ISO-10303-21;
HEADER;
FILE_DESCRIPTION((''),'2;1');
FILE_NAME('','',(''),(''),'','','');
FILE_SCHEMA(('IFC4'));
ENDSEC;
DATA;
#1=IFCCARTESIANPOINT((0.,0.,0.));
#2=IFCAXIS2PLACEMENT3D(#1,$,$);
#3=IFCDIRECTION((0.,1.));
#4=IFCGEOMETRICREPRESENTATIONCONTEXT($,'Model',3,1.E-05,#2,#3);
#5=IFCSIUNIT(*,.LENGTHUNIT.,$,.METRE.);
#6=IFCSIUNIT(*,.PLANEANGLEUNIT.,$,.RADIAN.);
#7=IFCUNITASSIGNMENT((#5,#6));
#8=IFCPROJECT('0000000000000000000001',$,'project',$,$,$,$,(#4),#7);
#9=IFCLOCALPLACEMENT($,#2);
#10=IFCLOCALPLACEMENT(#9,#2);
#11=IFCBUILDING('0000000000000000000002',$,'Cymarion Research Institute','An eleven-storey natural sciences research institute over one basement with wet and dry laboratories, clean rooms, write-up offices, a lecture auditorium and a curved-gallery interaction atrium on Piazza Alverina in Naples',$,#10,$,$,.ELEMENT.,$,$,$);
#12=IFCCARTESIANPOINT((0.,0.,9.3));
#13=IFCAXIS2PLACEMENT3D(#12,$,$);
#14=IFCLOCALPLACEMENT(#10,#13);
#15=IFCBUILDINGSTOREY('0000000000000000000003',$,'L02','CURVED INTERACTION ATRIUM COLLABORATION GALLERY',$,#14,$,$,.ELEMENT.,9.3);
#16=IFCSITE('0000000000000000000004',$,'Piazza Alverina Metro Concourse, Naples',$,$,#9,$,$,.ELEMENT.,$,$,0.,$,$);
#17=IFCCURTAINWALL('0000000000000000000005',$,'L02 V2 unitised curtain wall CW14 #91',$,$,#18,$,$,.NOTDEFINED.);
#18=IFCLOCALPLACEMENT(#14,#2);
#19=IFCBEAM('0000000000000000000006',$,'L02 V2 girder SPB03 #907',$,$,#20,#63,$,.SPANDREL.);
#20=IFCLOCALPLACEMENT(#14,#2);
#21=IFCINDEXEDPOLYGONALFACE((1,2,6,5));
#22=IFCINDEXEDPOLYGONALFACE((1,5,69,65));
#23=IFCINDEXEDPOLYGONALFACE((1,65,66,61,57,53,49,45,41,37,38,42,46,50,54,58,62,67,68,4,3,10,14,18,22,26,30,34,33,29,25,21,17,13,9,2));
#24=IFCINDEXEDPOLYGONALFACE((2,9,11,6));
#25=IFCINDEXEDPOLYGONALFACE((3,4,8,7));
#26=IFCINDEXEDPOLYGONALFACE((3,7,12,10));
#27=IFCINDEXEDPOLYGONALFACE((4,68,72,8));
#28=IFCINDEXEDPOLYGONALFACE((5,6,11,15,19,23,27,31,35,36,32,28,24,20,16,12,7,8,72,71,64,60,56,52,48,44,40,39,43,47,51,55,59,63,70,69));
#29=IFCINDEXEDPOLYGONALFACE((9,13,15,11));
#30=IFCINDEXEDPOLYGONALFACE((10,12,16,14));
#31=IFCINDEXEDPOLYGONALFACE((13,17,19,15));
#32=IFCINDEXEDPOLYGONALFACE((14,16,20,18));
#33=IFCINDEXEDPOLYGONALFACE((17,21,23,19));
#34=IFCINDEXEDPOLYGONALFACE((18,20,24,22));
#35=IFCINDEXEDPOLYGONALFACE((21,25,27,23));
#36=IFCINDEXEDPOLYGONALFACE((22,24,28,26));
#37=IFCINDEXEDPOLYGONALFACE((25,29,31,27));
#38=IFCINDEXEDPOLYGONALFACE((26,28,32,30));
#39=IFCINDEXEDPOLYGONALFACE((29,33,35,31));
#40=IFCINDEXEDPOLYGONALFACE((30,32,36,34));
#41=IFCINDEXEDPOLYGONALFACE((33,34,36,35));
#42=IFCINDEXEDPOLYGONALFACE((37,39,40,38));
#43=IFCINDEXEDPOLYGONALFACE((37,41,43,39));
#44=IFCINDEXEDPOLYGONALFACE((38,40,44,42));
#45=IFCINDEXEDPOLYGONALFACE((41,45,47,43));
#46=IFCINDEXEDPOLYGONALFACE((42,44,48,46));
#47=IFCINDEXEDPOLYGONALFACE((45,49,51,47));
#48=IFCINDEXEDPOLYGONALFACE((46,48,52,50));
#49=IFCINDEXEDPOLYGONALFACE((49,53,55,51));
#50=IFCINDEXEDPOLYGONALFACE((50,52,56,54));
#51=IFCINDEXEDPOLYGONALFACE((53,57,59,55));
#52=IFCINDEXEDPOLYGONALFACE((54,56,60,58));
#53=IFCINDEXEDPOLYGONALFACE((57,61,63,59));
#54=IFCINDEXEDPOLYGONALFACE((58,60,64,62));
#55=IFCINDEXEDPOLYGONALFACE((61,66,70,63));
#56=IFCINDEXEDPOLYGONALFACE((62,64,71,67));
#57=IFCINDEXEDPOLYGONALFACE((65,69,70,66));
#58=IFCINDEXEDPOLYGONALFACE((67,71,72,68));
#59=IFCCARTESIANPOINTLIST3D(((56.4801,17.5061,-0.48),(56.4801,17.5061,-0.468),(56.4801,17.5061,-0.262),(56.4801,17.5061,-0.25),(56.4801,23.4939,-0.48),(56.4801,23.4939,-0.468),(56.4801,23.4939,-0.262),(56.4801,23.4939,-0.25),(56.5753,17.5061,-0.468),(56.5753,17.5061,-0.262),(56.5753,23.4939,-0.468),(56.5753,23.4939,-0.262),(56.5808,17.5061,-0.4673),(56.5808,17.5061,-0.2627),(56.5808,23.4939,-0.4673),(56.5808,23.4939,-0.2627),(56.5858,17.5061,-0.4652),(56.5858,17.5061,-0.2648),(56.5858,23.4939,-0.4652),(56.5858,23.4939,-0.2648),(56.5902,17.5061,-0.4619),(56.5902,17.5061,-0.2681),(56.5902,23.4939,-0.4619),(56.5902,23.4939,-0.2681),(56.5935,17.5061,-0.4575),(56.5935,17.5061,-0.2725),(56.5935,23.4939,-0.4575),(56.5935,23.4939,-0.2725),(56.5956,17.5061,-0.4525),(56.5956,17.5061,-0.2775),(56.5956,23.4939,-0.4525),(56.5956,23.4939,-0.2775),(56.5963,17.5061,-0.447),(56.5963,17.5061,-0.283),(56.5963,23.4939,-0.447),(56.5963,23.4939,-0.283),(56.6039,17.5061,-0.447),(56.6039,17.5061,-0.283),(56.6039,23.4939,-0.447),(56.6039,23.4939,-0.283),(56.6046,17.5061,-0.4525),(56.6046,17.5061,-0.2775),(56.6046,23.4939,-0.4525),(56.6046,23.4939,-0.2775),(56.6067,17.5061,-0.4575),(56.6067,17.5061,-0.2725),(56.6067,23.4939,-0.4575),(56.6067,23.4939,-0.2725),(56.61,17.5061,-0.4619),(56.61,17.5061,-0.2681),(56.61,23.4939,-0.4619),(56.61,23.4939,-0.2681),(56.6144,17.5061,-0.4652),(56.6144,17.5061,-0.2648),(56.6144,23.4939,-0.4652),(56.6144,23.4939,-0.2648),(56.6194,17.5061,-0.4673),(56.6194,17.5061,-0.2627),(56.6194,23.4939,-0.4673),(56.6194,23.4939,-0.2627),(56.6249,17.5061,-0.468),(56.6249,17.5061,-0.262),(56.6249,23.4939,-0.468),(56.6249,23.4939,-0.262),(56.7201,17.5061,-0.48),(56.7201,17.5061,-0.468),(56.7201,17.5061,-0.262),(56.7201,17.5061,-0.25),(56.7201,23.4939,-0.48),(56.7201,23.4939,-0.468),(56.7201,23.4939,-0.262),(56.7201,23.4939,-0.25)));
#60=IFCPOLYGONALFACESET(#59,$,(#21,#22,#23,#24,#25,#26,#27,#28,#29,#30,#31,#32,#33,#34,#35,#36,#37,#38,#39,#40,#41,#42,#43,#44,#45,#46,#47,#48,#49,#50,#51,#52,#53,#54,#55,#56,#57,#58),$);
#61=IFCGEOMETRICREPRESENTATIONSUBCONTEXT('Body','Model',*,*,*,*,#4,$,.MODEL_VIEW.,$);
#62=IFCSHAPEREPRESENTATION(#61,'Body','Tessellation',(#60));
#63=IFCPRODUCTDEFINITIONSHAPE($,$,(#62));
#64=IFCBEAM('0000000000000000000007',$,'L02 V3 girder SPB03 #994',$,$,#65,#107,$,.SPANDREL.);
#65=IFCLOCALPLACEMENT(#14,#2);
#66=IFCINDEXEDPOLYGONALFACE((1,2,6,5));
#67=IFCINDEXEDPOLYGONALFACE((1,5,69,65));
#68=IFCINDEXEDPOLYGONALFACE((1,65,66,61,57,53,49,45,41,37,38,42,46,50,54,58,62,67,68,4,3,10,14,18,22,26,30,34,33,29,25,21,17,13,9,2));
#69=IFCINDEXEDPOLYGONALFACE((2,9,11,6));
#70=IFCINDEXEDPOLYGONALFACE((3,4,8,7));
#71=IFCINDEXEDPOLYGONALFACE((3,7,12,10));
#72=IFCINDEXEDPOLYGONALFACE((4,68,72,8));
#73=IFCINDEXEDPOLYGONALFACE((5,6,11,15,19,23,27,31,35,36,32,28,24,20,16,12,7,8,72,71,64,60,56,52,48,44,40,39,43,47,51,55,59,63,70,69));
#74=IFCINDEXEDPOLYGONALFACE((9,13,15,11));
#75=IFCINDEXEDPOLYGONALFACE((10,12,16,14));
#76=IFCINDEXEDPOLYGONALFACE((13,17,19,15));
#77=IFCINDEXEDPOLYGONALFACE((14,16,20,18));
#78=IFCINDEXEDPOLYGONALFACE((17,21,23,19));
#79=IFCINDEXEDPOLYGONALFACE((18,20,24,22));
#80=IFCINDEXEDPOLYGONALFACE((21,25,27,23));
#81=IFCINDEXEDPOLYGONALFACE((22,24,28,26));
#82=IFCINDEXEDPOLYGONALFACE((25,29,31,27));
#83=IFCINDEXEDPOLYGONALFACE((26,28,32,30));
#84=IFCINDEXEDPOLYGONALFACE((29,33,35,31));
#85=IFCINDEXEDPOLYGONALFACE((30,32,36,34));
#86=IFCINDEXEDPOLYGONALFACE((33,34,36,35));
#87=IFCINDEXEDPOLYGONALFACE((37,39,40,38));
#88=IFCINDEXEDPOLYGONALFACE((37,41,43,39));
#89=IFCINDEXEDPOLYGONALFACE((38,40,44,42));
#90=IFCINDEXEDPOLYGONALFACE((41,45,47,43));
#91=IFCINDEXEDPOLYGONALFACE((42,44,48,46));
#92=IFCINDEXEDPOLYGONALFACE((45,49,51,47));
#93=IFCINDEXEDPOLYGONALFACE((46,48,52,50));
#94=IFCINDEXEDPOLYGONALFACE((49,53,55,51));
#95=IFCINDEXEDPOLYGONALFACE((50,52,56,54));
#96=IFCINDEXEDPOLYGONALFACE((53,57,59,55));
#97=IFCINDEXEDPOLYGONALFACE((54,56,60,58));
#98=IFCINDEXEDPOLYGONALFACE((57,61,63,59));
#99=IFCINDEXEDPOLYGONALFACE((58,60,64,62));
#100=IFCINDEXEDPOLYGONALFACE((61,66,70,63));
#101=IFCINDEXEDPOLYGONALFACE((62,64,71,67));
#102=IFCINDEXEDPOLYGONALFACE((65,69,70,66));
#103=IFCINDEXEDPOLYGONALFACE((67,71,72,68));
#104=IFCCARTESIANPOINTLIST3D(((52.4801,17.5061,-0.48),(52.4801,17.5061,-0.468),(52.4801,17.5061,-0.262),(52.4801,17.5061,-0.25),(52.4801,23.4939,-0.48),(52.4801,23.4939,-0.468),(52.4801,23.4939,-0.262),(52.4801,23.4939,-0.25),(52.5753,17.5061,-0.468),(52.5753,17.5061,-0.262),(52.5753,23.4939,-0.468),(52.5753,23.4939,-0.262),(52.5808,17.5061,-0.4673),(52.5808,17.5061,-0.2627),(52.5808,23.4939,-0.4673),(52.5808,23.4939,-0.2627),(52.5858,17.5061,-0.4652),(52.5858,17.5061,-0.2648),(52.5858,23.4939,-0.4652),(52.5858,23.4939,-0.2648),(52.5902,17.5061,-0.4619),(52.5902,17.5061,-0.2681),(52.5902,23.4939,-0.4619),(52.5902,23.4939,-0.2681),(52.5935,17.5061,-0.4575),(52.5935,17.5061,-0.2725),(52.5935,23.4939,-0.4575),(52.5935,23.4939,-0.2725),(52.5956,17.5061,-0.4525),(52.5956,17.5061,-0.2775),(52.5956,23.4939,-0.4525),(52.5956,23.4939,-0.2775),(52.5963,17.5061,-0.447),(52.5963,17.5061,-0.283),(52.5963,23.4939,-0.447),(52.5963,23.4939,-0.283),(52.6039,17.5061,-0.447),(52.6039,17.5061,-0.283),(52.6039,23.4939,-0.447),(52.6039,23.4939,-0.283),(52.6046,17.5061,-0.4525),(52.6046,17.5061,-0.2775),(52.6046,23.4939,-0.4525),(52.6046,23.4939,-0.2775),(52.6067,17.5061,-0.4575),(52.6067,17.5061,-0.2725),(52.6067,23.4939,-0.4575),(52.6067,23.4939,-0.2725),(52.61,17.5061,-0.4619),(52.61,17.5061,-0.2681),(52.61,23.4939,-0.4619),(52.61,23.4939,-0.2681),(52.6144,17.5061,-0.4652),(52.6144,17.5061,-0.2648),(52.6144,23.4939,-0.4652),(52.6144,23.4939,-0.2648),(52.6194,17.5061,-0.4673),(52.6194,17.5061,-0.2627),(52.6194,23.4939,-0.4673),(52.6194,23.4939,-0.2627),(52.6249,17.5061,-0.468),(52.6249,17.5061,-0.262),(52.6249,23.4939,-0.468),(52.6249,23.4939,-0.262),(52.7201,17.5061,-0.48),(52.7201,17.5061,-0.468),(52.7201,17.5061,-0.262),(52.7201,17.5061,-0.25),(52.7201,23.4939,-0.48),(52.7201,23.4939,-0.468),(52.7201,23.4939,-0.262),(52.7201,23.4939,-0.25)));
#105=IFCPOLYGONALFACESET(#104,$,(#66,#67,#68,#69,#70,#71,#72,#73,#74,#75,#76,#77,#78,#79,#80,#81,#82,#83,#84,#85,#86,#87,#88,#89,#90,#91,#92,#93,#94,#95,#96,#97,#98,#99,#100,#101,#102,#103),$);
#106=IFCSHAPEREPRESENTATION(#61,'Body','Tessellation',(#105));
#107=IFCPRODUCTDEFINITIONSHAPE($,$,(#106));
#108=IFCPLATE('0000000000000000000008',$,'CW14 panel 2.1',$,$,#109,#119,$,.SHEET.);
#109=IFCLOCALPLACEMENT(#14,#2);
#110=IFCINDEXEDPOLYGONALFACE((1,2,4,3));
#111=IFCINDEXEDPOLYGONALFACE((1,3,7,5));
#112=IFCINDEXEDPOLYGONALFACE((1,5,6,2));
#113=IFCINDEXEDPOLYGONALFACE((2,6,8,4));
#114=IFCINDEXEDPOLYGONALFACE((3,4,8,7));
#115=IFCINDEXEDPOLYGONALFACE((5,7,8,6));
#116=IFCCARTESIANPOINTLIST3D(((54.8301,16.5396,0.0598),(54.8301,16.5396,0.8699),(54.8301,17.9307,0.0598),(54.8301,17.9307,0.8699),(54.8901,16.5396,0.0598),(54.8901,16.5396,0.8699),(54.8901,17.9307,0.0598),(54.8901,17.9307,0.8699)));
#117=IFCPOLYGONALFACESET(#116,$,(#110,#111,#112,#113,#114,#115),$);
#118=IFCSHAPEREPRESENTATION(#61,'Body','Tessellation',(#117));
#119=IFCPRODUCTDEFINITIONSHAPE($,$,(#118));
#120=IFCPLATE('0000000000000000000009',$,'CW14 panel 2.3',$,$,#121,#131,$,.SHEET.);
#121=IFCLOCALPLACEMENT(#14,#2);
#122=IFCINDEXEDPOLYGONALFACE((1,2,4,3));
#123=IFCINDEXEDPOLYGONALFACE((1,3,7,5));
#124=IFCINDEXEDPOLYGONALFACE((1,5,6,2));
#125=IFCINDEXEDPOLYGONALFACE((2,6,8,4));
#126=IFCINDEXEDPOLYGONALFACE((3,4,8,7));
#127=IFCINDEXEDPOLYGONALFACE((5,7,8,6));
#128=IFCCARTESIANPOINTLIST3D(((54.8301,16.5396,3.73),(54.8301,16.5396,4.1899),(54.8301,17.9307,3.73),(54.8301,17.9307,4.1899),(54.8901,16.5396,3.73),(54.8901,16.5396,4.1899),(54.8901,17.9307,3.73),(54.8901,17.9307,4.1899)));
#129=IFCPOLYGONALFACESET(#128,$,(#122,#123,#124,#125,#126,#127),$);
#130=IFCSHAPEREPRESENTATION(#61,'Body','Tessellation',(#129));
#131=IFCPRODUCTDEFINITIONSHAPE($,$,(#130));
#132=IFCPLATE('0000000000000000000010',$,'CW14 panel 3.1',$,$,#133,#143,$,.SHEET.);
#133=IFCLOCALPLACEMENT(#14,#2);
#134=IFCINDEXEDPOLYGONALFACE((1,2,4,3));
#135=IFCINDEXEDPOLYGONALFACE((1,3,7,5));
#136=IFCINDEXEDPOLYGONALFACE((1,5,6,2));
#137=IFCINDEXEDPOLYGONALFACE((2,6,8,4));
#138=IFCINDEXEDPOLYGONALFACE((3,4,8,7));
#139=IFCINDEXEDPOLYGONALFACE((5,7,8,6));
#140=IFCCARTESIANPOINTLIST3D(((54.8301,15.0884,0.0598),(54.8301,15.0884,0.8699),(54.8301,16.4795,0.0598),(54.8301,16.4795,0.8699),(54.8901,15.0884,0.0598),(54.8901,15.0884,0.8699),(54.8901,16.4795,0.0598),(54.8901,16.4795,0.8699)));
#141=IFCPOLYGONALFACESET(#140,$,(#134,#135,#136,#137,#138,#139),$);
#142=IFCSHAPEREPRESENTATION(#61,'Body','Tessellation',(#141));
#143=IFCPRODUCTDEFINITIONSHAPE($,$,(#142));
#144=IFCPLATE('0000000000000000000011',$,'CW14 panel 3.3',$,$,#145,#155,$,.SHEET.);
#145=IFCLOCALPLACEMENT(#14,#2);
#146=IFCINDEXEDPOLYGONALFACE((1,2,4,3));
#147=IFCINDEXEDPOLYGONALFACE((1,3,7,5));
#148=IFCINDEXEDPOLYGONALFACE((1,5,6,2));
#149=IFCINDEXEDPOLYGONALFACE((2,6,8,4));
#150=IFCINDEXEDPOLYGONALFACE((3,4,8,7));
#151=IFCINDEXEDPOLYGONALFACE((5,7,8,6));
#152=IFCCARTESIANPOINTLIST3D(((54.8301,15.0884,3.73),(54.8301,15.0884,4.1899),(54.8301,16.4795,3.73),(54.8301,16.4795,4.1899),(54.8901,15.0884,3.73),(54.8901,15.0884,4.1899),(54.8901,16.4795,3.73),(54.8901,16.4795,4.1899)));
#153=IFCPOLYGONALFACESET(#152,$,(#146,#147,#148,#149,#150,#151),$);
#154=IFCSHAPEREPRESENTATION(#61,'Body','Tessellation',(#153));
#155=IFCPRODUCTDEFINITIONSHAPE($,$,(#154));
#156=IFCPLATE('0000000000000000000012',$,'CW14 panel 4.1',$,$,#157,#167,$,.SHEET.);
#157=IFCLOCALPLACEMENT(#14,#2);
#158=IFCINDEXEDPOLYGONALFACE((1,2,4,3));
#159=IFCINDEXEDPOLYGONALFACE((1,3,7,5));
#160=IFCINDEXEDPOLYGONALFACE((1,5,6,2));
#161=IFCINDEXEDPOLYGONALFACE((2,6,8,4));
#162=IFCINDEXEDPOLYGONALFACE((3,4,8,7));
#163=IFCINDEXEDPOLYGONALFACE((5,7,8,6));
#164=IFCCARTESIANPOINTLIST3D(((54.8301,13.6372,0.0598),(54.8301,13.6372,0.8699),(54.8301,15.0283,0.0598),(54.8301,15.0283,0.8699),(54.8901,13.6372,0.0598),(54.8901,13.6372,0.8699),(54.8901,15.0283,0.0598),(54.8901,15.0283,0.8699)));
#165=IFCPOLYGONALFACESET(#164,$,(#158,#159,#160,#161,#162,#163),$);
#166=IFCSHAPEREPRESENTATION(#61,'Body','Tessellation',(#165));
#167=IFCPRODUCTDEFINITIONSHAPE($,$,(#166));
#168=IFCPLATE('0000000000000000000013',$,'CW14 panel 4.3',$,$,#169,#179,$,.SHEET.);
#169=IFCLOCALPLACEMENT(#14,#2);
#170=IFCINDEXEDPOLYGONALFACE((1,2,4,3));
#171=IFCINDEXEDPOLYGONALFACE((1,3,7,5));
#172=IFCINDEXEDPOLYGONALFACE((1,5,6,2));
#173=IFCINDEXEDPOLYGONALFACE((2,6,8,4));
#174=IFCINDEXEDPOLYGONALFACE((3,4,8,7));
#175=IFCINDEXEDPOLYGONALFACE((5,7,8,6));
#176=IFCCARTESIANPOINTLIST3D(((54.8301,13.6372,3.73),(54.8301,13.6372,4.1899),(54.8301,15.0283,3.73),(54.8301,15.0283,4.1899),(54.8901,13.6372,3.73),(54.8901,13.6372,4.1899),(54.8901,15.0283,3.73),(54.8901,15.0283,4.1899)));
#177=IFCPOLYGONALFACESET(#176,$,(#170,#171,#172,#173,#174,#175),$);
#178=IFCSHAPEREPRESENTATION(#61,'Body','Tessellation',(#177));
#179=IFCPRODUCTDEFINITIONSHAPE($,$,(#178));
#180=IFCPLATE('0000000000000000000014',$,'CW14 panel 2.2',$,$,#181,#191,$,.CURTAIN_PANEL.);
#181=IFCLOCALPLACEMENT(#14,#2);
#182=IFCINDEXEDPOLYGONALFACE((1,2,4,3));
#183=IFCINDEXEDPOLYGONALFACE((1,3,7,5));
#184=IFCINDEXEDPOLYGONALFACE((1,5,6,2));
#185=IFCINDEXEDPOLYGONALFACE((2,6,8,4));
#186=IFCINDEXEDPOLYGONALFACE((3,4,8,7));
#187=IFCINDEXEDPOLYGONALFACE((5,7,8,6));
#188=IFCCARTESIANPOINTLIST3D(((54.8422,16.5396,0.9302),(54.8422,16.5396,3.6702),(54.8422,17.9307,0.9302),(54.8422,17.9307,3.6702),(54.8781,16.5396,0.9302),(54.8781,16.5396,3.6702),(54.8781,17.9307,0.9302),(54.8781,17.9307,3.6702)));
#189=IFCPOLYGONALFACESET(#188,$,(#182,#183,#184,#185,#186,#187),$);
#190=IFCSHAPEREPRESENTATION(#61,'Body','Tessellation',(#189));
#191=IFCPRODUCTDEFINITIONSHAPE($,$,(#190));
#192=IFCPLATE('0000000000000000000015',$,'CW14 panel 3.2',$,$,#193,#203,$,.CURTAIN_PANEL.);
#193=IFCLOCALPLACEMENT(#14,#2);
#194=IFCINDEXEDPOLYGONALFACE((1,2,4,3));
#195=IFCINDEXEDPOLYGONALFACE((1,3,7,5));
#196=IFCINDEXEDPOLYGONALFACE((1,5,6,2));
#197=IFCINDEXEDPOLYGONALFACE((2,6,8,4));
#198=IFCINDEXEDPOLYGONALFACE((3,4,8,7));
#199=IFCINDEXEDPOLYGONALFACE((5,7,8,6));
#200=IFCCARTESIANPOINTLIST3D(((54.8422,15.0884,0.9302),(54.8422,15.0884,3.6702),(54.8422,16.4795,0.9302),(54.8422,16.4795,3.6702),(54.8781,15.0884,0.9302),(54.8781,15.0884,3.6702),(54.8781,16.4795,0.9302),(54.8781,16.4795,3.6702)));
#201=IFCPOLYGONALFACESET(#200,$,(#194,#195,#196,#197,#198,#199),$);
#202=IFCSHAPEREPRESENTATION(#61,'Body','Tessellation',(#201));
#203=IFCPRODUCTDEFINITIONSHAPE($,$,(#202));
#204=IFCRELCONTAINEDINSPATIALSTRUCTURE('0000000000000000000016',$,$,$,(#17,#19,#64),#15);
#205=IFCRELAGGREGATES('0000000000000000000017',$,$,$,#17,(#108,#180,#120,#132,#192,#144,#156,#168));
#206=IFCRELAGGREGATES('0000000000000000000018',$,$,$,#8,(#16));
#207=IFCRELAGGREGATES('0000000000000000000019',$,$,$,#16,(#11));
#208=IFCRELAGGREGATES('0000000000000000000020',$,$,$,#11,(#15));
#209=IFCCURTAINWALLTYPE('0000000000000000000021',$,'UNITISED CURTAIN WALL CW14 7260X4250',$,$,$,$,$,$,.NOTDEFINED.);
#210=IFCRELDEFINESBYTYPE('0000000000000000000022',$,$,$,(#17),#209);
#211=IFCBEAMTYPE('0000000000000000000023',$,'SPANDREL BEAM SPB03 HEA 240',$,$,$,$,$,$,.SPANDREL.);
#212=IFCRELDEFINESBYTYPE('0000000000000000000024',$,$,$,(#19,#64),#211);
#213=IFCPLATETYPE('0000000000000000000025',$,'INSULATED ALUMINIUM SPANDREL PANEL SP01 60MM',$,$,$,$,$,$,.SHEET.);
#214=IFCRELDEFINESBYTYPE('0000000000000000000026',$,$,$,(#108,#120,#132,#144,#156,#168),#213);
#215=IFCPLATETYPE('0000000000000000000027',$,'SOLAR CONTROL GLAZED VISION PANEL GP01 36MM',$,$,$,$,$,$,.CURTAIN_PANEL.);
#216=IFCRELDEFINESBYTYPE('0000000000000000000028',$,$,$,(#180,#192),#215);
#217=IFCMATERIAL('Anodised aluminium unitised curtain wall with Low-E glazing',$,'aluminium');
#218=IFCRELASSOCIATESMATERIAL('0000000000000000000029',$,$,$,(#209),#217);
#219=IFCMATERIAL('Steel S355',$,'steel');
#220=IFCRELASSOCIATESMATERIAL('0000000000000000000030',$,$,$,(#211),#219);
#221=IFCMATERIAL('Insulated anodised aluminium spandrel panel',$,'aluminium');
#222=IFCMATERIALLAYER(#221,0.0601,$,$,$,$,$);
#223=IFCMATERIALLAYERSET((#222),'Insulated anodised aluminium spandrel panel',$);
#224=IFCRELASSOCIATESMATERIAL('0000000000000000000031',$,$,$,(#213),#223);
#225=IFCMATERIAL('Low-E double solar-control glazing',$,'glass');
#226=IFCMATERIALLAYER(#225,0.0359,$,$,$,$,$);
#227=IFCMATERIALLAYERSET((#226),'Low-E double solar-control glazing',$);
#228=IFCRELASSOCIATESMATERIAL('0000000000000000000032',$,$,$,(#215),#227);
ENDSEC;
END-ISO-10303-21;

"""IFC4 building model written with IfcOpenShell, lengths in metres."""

from ifc_helpers import new_model, si_unit, direction, frame, origin, origin_2d, place, context, subcontext, project, spatial, rectangle, i_section, extrude, material, layer, layer_set, material_profile, profile_set, type_object, element, aggregate, save


model = new_model("IFC4")

# Units and contexts
model_context = context("Model", 3, precision=1e-05, world=origin(), true_north=direction((0.0, 1.0)))
body_context = subcontext(model_context, "Body", "Model", "MODEL_VIEW")
ifc_project = project(units=[si_unit("LENGTHUNIT", "METRE"), si_unit("PLANEANGLEUNIT", "RADIAN")], contexts=[model_context])

# Site, building, storey
site_placement = place(None, origin())
site = spatial("IfcSite", under=ifc_project, at=site_placement, Name="Piazza Alverina Metro Concourse, Naples", CompositionType="ELEMENT", RefElevation=0.0)
building_placement = place(site_placement, origin())
building = spatial("IfcBuilding", under=site, at=building_placement, Name="Cymarion Research Institute", Description="An eleven-storey natural sciences research institute over one basement with wet and dry laboratories, clean rooms, write-up offices, a lecture auditorium and a curved-gallery interaction atrium on Piazza Alverina in Naples", CompositionType="ELEMENT")
storey_placement = place(building_placement, frame((0.0, 0.0, 9.3)))
storey = spatial("IfcBuildingStorey", under=building, at=storey_placement, Name="L02", Description="CURVED INTERACTION ATRIUM COLLABORATION GALLERY", CompositionType="ELEMENT", Elevation=9.3)

# Shared definitions
ifc_material_1 = material(Name="Steel S355", Category="steel")

# Curtain wall
ifc_material_2 = material(Name="Anodised aluminium unitised curtain wall with Low-E glazing", Category="aluminium")
curtain_wall_type = type_object("IfcCurtainWallType", Name="UNITISED CURTAIN WALL CW14 7260X4250", PredefinedType="NOTDEFINED", material=ifc_material_2)
curtain_wall_placement = place(storey_placement, origin())
curtain_wall = element("IfcCurtainWall", 1, at=curtain_wall_placement, inside=storey, type_object=curtain_wall_type, Name="L02 V2 unitised curtain wall CW14 #91", PredefinedType="NOTDEFINED")

# Beams
ifc_material_profile_1 = material_profile(ifc_material_1, i_section(OverallWidth=0.24, OverallDepth=0.23, WebThickness=0.0076, FlangeThickness=0.012, FilletRadius=0.021, at=origin_2d()), Name="HEA 240")
ifc_profile_set_1 = profile_set([ifc_material_profile_1], Name="Steel S355")
beam_type_1 = type_object("IfcBeamType", Name="SPANDREL BEAM SPB03 HEA 240", PredefinedType="SPANDREL", material=ifc_profile_set_1)
for number, where, z_axis, x_axis, name in (
    (2, (56.6001, 17.5061, -0.365), (0.0, 1.0, 0.0), (-1.0, 0.0, 0.0), "L02 V2 girder SPB03 #907"),
    (3, (52.6001, 17.5061, -0.365), (0.0, 1.0, 0.0), (-1.0, 0.0, 0.0), "L02 V3 girder SPB03 #994"),
):
    element("IfcBeam", number, at=place(storey_placement, frame(where, z_axis=z_axis, x_axis=x_axis)), inside=storey, type_object=beam_type_1, Name=name, PredefinedType="SPANDREL", context=body_context, shape_type="SweptSolid", body=[
        extrude(i_section(OverallWidth=0.24, OverallDepth=0.23, WebThickness=0.0076, FlangeThickness=0.012, FilletRadius=0.021, at=origin_2d()), origin(), (0.0, 0.0, 1.0), 5.9878),
    ])

# Plates
ifc_material_3 = material(Name="Insulated anodised aluminium spandrel panel", Category="aluminium")
ifc_layer_1 = layer(ifc_material_3, 0.0601)
ifc_layer_set_1 = layer_set([ifc_layer_1], Name="Insulated anodised aluminium spandrel panel")
plate_type_1 = type_object("IfcPlateType", Name="INSULATED ALUMINIUM SPANDREL PANEL SP01 60MM", PredefinedType="SHEET", material=ifc_layer_set_1)
plate_1_placement = place(storey_placement, frame((54.8601, 17.2351, 0.0598), z_axis=(0.0, 0.0, 1.0), x_axis=(0.0, -1.0, 0.0)))
plate_1 = element("IfcPlate", 4, at=plate_1_placement, type_object=plate_type_1, Name="CW14 panel 2.1", PredefinedType="SHEET", context=body_context, shape_type="SweptSolid", body=[
    extrude(rectangle(XDim=1.3911, YDim=0.0601, at=origin_2d()), origin(), (0.0, 0.0, 1.0), 0.8101),
])
plate_2_placement = place(storey_placement, frame((54.8601, 17.2351, 3.73), z_axis=(0.0, 0.0, 1.0), x_axis=(0.0, -1.0, 0.0)))
plate_2 = element("IfcPlate", 5, at=plate_2_placement, type_object=plate_type_1, Name="CW14 panel 2.3", PredefinedType="SHEET", context=body_context, shape_type="SweptSolid", body=[
    extrude(rectangle(XDim=1.3911, YDim=0.0601, at=origin_2d()), origin(), (0.0, 0.0, 1.0), 0.46),
])
plate_3_placement = place(storey_placement, frame((54.8601, 15.7839, 0.0598), z_axis=(0.0, 0.0, 1.0), x_axis=(0.0, -1.0, 0.0)))
plate_3 = element("IfcPlate", 6, at=plate_3_placement, type_object=plate_type_1, Name="CW14 panel 3.1", PredefinedType="SHEET", context=body_context, shape_type="SweptSolid", body=[
    extrude(rectangle(XDim=1.3911, YDim=0.0601, at=origin_2d()), origin(), (0.0, 0.0, 1.0), 0.8101),
])
plate_4_placement = place(storey_placement, frame((54.8601, 15.7839, 3.73), z_axis=(0.0, 0.0, 1.0), x_axis=(0.0, -1.0, 0.0)))
plate_4 = element("IfcPlate", 7, at=plate_4_placement, type_object=plate_type_1, Name="CW14 panel 3.3", PredefinedType="SHEET", context=body_context, shape_type="SweptSolid", body=[
    extrude(rectangle(XDim=1.3911, YDim=0.0601, at=origin_2d()), origin(), (0.0, 0.0, 1.0), 0.46),
])
plate_5_placement = place(storey_placement, frame((54.8601, 14.3328, 0.0598), z_axis=(0.0, 0.0, 1.0), x_axis=(0.0, -1.0, 0.0)))
plate_5 = element("IfcPlate", 8, at=plate_5_placement, type_object=plate_type_1, Name="CW14 panel 4.1", PredefinedType="SHEET", context=body_context, shape_type="SweptSolid", body=[
    extrude(rectangle(XDim=1.3911, YDim=0.0601, at=origin_2d()), origin(), (0.0, 0.0, 1.0), 0.8101),
])
plate_6_placement = place(storey_placement, frame((54.8601, 14.3328, 3.73), z_axis=(0.0, 0.0, 1.0), x_axis=(0.0, -1.0, 0.0)))
plate_6 = element("IfcPlate", 9, at=plate_6_placement, type_object=plate_type_1, Name="CW14 panel 4.3", PredefinedType="SHEET", context=body_context, shape_type="SweptSolid", body=[
    extrude(rectangle(XDim=1.3911, YDim=0.0601, at=origin_2d()), origin(), (0.0, 0.0, 1.0), 0.46),
])
ifc_material_4 = material(Name="Low-E double solar-control glazing", Category="glass")
ifc_layer_2 = layer(ifc_material_4, 0.0359)
ifc_layer_set_2 = layer_set([ifc_layer_2], Name="Low-E double solar-control glazing")
plate_type_2 = type_object("IfcPlateType", Name="SOLAR CONTROL GLAZED VISION PANEL GP01 36MM", PredefinedType="CURTAIN_PANEL", material=ifc_layer_set_2)
plate_7_placement = place(storey_placement, frame((54.8601, 17.2351, 0.9302), z_axis=(0.0, 0.0, 1.0), x_axis=(0.0, -1.0, 0.0)))
plate_7 = element("IfcPlate", 10, at=plate_7_placement, type_object=plate_type_2, Name="CW14 panel 2.2", PredefinedType="CURTAIN_PANEL", context=body_context, shape_type="SweptSolid", body=[
    extrude(rectangle(XDim=1.3911, YDim=0.0359, at=origin_2d()), origin(), (0.0, 0.0, 1.0), 2.74),
])
plate_8_placement = place(storey_placement, frame((54.8601, 15.7839, 0.9302), z_axis=(0.0, 0.0, 1.0), x_axis=(0.0, -1.0, 0.0)))
plate_8 = element("IfcPlate", 11, at=plate_8_placement, type_object=plate_type_2, Name="CW14 panel 3.2", PredefinedType="CURTAIN_PANEL", context=body_context, shape_type="SweptSolid", body=[
    extrude(rectangle(XDim=1.3911, YDim=0.0359, at=origin_2d()), origin(), (0.0, 0.0, 1.0), 2.74),
])
aggregate(curtain_wall, [plate_1, plate_7, plate_2, plate_3, plate_8, plate_4, plate_5, plate_6])

save(model, "model.ifc")
